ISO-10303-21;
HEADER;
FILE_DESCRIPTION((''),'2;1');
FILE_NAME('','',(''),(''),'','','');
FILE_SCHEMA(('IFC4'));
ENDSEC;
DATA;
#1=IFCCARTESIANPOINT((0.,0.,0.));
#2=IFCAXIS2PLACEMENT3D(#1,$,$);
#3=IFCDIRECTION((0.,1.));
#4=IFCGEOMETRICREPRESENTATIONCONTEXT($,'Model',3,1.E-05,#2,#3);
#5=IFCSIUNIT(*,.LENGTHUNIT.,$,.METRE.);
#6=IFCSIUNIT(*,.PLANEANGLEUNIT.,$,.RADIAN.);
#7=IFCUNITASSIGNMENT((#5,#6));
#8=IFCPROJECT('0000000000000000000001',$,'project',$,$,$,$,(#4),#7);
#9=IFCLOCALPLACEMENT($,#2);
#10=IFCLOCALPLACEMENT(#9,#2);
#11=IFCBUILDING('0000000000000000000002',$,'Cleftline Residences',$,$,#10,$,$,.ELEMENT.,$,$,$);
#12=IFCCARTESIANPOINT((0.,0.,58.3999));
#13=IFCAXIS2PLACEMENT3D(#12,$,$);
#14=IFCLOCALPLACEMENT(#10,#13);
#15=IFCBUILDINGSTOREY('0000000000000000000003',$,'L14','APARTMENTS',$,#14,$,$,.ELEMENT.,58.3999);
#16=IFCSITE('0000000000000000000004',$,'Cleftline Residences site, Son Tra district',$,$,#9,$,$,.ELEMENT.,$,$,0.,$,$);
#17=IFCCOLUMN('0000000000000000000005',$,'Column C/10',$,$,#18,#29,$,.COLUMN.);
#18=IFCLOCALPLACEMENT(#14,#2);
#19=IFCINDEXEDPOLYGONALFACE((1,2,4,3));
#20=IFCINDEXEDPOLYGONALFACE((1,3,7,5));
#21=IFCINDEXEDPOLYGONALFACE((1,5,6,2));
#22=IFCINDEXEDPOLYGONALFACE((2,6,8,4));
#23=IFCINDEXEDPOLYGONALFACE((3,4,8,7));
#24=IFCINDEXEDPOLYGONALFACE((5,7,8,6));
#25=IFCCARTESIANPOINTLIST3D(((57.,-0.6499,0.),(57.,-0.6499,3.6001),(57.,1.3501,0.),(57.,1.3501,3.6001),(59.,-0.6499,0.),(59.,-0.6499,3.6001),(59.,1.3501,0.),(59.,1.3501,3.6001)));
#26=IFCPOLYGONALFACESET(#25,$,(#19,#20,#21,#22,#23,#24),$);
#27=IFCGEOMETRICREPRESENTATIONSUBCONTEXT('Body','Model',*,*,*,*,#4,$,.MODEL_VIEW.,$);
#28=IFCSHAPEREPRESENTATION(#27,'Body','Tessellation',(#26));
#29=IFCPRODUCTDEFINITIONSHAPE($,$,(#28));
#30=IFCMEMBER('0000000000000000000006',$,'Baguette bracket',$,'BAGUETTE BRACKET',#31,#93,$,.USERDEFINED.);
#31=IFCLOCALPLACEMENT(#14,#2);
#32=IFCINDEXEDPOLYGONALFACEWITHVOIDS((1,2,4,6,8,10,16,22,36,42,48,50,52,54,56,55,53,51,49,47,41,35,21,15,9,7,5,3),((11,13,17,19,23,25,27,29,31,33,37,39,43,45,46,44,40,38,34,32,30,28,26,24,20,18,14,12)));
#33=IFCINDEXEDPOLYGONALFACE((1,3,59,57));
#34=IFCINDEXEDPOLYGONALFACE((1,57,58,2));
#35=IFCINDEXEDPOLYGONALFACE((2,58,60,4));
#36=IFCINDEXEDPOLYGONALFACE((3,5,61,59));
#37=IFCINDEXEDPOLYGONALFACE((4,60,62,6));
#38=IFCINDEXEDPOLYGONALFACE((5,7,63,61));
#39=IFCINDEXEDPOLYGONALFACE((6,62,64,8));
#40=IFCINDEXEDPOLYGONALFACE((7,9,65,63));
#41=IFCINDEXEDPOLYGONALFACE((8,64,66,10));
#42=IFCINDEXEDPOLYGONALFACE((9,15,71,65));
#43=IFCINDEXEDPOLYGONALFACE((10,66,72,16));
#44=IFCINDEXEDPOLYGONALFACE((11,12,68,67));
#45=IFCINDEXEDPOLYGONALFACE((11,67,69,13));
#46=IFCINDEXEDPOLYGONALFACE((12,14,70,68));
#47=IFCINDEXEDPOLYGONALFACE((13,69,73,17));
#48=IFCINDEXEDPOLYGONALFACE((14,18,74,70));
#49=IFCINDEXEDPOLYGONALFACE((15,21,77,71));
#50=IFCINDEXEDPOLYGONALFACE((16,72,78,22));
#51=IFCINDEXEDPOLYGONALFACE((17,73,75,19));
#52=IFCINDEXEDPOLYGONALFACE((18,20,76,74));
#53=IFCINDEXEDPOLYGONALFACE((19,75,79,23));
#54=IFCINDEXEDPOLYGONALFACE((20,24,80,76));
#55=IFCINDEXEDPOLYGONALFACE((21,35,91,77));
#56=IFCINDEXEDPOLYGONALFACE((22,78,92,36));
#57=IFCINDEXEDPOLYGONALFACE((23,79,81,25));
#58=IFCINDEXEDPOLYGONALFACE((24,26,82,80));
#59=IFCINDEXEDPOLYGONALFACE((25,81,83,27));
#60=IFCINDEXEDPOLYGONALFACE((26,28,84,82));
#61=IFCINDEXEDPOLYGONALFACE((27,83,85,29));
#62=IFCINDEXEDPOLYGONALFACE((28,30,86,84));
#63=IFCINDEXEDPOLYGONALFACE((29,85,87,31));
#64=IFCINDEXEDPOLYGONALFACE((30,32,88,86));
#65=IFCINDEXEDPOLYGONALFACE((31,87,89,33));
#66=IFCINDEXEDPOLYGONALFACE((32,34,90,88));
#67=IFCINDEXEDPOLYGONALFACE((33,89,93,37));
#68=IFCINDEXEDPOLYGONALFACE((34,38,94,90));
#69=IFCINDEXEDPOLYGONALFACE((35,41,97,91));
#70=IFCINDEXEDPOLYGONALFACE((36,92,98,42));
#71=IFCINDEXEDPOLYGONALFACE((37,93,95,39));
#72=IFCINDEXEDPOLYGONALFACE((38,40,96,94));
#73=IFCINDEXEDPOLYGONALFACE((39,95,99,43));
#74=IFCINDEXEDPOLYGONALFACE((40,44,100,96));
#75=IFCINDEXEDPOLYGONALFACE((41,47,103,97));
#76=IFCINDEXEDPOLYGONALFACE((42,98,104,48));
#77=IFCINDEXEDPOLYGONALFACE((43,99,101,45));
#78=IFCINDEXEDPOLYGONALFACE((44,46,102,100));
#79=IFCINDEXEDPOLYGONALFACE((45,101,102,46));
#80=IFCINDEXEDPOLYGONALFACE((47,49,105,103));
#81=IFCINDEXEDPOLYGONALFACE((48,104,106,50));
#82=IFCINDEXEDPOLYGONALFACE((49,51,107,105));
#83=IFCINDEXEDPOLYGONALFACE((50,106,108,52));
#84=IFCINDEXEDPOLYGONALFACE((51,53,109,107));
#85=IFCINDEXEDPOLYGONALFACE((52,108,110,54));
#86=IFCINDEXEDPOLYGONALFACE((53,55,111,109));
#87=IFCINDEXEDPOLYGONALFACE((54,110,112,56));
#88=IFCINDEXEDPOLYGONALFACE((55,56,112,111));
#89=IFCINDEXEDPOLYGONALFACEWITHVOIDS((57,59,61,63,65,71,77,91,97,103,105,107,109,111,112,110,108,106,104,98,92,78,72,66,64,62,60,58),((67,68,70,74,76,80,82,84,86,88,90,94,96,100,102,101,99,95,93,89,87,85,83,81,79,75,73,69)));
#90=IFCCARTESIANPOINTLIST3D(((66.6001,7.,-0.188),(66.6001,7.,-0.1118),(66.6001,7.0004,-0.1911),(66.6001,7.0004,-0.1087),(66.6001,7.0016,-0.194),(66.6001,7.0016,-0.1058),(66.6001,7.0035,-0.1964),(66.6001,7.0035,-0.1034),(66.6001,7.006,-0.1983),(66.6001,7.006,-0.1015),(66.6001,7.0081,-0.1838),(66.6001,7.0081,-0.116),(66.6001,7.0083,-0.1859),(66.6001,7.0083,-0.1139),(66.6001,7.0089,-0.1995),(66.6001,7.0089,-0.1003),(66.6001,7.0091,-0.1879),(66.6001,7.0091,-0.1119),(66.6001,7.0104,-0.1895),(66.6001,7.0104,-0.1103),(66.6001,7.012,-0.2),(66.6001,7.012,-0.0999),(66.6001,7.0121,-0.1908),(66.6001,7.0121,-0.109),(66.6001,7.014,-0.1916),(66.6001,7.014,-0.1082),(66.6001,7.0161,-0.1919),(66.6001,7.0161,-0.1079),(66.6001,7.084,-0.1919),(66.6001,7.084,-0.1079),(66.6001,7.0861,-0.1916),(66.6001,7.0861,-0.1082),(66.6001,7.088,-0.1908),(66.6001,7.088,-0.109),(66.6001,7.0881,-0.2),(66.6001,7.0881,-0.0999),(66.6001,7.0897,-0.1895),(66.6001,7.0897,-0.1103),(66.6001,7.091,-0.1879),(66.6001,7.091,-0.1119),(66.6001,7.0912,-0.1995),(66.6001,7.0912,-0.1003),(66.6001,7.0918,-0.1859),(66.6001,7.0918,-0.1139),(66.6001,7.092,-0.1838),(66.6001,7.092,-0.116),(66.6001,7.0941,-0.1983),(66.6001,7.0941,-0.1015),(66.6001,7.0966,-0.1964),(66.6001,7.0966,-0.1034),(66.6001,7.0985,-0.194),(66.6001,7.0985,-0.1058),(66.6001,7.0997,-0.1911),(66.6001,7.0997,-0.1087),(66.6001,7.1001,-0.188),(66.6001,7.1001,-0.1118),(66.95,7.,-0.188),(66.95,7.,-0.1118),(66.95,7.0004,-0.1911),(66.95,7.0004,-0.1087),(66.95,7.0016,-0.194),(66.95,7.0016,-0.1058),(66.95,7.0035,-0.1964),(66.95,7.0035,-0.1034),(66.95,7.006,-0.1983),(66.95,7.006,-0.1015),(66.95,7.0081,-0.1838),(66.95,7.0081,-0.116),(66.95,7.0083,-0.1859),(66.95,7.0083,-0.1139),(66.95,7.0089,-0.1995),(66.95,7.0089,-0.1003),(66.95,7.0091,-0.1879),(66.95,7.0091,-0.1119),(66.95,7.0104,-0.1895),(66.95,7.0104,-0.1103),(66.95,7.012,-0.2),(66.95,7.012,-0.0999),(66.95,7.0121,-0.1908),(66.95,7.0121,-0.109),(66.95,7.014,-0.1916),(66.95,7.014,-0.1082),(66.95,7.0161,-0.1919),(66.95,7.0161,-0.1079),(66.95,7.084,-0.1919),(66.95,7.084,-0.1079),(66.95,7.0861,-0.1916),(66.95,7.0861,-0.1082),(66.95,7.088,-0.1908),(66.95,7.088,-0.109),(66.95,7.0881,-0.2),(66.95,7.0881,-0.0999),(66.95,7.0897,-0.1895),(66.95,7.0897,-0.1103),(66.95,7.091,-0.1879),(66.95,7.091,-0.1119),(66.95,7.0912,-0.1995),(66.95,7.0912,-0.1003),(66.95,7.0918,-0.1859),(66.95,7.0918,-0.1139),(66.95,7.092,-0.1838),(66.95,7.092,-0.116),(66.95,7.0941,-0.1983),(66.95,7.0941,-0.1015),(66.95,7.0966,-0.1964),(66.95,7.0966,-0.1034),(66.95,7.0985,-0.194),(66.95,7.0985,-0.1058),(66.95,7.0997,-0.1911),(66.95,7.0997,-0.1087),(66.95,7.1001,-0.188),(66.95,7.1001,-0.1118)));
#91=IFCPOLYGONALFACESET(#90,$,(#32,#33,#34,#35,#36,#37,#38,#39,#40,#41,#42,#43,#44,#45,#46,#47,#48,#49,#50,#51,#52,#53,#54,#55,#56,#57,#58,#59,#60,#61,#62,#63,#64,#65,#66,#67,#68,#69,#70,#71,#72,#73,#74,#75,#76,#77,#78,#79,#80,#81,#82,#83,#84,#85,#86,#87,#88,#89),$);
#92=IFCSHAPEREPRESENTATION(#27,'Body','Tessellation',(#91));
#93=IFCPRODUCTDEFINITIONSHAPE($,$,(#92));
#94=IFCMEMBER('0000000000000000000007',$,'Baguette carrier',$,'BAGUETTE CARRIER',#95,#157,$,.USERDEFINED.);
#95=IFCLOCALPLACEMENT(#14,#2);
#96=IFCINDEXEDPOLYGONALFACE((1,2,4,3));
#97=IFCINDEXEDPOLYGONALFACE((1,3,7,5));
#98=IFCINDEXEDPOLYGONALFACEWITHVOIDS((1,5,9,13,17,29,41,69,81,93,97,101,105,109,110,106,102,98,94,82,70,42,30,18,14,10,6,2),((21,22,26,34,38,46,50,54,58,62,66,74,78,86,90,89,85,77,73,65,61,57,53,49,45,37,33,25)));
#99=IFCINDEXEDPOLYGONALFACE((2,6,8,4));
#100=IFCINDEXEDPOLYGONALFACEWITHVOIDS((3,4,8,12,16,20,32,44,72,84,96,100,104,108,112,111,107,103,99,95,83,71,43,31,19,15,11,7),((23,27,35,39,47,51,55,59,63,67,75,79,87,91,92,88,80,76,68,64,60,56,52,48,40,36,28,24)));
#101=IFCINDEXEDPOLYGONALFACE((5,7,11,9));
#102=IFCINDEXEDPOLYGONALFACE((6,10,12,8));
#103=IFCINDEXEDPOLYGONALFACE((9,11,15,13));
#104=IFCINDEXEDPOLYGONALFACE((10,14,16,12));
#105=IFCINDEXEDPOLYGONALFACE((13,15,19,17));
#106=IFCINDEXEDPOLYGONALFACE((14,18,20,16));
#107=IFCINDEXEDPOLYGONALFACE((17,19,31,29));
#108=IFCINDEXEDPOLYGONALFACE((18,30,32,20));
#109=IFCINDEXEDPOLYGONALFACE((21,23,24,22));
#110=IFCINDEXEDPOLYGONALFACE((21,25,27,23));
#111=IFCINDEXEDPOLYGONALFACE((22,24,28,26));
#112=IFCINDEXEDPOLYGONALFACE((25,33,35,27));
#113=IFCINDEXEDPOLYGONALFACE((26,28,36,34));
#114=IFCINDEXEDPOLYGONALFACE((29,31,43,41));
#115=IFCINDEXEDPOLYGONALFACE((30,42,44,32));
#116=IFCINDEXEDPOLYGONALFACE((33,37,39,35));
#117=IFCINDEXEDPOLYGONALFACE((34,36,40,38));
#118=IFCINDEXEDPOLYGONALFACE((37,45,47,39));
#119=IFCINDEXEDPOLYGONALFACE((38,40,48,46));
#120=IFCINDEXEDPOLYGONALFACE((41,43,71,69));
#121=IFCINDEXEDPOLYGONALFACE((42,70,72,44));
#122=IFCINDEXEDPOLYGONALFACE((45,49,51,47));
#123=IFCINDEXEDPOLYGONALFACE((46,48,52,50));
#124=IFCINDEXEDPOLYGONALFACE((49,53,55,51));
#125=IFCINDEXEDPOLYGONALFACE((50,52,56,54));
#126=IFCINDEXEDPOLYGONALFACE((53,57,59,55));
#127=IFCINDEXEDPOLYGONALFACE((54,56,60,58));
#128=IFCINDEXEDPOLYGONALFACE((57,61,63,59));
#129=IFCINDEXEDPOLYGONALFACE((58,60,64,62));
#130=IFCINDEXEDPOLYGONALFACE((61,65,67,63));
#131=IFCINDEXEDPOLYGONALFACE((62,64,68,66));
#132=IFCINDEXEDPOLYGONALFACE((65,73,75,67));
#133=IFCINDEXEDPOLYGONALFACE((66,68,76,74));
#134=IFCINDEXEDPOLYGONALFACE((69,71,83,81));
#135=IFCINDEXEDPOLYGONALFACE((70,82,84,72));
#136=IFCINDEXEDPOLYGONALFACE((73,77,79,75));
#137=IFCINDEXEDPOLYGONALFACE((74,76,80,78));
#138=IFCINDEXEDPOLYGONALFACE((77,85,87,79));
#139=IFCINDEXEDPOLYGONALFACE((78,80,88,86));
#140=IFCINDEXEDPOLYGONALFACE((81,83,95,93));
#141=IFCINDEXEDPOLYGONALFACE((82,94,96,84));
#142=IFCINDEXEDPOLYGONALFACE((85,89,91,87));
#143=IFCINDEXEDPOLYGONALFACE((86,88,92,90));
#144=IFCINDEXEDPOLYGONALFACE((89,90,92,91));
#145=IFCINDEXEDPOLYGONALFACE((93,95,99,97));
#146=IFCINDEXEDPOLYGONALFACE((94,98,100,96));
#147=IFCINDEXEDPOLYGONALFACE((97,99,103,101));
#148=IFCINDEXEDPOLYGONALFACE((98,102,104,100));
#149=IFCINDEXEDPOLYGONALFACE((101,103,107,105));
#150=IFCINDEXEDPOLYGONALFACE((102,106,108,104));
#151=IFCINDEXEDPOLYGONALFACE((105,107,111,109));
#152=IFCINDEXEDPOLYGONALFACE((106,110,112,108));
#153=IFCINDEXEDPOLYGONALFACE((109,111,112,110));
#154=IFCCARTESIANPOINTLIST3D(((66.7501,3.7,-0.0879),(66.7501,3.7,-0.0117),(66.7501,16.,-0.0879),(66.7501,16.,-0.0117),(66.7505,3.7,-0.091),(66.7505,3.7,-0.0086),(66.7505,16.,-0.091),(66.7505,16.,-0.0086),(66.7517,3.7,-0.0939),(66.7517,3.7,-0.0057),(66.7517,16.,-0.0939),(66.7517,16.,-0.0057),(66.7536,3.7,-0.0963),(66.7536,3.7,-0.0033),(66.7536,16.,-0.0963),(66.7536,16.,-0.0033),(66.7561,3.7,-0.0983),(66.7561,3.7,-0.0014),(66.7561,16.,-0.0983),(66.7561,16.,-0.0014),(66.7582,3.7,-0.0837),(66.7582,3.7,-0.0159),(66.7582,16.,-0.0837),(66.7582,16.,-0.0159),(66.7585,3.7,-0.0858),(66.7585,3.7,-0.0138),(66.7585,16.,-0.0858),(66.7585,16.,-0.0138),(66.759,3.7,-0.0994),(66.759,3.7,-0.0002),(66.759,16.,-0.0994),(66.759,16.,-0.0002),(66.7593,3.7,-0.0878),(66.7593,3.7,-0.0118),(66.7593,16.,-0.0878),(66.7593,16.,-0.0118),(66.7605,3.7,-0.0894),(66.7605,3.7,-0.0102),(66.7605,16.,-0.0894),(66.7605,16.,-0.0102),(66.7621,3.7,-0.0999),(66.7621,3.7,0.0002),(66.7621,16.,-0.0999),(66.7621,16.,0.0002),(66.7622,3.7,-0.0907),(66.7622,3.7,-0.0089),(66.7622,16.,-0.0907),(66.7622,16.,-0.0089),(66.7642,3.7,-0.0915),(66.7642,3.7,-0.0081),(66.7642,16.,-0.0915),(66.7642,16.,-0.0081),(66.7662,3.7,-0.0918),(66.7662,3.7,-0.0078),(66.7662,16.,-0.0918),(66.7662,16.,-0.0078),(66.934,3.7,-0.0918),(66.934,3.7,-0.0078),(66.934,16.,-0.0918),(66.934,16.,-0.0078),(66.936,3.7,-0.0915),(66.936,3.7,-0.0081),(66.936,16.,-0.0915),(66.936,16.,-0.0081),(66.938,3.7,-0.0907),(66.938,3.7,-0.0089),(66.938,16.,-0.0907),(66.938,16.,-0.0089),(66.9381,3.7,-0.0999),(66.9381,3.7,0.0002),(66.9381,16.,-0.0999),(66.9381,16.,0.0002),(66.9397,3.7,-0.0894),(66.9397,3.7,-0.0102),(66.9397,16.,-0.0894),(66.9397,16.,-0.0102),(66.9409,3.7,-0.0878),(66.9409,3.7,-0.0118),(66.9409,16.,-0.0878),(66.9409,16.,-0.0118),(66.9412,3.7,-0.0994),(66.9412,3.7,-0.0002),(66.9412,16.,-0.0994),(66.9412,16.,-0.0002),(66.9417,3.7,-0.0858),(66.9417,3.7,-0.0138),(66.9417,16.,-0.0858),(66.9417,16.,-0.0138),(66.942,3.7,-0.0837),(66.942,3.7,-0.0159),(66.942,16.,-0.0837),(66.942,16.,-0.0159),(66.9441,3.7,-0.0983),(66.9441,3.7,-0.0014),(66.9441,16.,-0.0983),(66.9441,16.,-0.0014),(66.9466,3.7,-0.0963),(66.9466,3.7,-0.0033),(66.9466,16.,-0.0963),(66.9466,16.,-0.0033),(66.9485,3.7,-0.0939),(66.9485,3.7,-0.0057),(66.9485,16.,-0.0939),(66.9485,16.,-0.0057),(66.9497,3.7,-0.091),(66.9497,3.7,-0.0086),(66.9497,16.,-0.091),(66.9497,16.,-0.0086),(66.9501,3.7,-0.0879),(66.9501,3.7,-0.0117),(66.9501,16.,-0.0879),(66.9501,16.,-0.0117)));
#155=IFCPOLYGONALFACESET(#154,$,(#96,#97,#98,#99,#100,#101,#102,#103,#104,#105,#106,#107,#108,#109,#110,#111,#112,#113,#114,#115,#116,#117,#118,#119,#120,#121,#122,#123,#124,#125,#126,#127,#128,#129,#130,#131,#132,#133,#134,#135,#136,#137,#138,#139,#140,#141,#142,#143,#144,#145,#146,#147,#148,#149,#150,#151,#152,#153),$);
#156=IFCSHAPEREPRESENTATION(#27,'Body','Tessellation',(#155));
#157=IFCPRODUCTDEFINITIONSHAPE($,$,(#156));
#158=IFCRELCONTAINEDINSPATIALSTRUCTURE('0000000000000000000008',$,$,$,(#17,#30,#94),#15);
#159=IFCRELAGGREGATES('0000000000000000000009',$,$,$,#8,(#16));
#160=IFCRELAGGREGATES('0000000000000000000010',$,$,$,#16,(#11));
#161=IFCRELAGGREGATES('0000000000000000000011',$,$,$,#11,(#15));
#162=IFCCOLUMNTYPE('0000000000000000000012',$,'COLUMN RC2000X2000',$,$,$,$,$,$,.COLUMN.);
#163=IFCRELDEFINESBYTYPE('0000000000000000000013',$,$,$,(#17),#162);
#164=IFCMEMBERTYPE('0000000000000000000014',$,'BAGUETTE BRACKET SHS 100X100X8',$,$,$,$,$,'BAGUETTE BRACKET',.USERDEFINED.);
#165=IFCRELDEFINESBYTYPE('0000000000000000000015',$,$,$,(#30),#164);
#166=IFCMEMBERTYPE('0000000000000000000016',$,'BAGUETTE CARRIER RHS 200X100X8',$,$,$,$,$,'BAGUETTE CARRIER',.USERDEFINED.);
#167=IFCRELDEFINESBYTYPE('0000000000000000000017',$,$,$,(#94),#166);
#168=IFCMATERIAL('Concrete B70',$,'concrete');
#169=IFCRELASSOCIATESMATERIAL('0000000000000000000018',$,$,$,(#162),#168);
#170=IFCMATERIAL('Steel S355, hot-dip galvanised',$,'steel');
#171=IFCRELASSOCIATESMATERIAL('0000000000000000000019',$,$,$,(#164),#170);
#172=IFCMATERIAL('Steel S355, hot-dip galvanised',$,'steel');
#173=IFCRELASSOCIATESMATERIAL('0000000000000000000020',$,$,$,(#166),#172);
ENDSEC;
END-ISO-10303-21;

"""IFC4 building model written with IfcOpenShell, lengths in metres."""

from ifc_helpers import new_model, si_unit, direction, frame, origin, origin_2d, place, context, subcontext, project, spatial, rectangle, hollow_rectangle, extrude, material, material_profile, profile_set, type_object, element, save


model = new_model("IFC4")

# Units and contexts
model_context = context("Model", 3, precision=1e-05, world=origin(), true_north=direction((0.0, 1.0)))
body_context = subcontext(model_context, "Body", "Model", "MODEL_VIEW")
ifc_project = project(units=[si_unit("LENGTHUNIT", "METRE"), si_unit("PLANEANGLEUNIT", "RADIAN")], contexts=[model_context])

# Site, building, storey
site_placement = place(None, origin())
site = spatial("IfcSite", under=ifc_project, at=site_placement, Name="Cleftline Residences site, Son Tra district", CompositionType="ELEMENT", RefElevation=0.0)
building_placement = place(site_placement, origin())
building = spatial("IfcBuilding", under=site, at=building_placement, Name="Cleftline Residences", CompositionType="ELEMENT")
storey_placement = place(building_placement, frame((0.0, 0.0, 58.3999)))
storey = spatial("IfcBuildingStorey", under=building, at=storey_placement, Name="L14", Description="APARTMENTS", CompositionType="ELEMENT", Elevation=58.3999)

# Column
ifc_material_1 = material(Name="Concrete B70", Category="concrete")
ifc_material_profile_1 = material_profile(ifc_material_1, rectangle(XDim=2.0, YDim=2.0, at=origin_2d()))
ifc_profile_set_1 = profile_set([ifc_material_profile_1], Name="Concrete B70")
column_type = type_object("IfcColumnType", Name="COLUMN RC2000X2000", PredefinedType="COLUMN", material=ifc_profile_set_1)
column_placement = place(storey_placement, frame((58.0, 0.3501, 0.0), z_axis=(0.0, 0.0, 1.0), x_axis=(1.0, 0.0, 0.0)))
element("IfcColumn", 1, at=column_placement, inside=storey, type_object=column_type, Name="Column C/10", PredefinedType="COLUMN", context=body_context, shape_type="SweptSolid", body=[
    extrude(rectangle(XDim=2.0, YDim=2.0, at=origin_2d()), origin(), (0.0, 0.0, 1.0), 3.6001),
])

# Members
ifc_material_2 = material(Name="Steel S355, hot-dip galvanised", Category="steel")
ifc_material_profile_2 = material_profile(ifc_material_2, hollow_rectangle(XDim=0.1001, YDim=0.1001, WallThickness=0.0081, InnerFilletRadius=0.0081, OuterFilletRadius=0.012, at=origin_2d()))
ifc_profile_set_2 = profile_set([ifc_material_profile_2], Name="Steel S355, hot-dip galvanised")
member_type_1 = type_object("IfcMemberType", Name="BAGUETTE BRACKET SHS 100X100X8", ElementType="BAGUETTE BRACKET", PredefinedType="USERDEFINED", material=ifc_profile_set_2)
member_1_placement = place(storey_placement, frame((66.6001, 7.05, -0.1499), z_axis=(1.0, 0.0, 0.0), x_axis=(0.0, 1.0, 0.0)))
element("IfcMember", 2, at=member_1_placement, inside=storey, type_object=member_type_1, Name="Baguette bracket", ObjectType="BAGUETTE BRACKET", PredefinedType="USERDEFINED", context=body_context, shape_type="SweptSolid", body=[
    extrude(hollow_rectangle(XDim=0.1001, YDim=0.1001, WallThickness=0.0081, InnerFilletRadius=0.0081, OuterFilletRadius=0.012, at=origin_2d()), origin(), (0.0, 0.0, 1.0), 0.3499),
])
ifc_material_3 = material(Name="Steel S355, hot-dip galvanised", Category="steel")
ifc_material_profile_3 = material_profile(ifc_material_3, hollow_rectangle(XDim=0.1001, YDim=0.2, WallThickness=0.0081, InnerFilletRadius=0.0081, OuterFilletRadius=0.012, at=origin_2d()))
ifc_profile_set_3 = profile_set([ifc_material_profile_3], Name="Steel S355, hot-dip galvanised")
member_type_2 = type_object("IfcMemberType", Name="BAGUETTE CARRIER RHS 200X100X8", ElementType="BAGUETTE CARRIER", PredefinedType="USERDEFINED", material=ifc_profile_set_3)
member_2_placement = place(storey_placement, frame((66.8501, 3.7, -0.0498), z_axis=(0.0, 1.0, 0.0), x_axis=(0.0, 0.0, 1.0)))
element("IfcMember", 3, at=member_2_placement, inside=storey, type_object=member_type_2, Name="Baguette carrier", ObjectType="BAGUETTE CARRIER", PredefinedType="USERDEFINED", context=body_context, shape_type="SweptSolid", body=[
    extrude(hollow_rectangle(XDim=0.1001, YDim=0.2, WallThickness=0.0081, InnerFilletRadius=0.0081, OuterFilletRadius=0.012, at=origin_2d()), origin(), (0.0, 0.0, 1.0), 12.3),
])

save(model, "model.ifc")
